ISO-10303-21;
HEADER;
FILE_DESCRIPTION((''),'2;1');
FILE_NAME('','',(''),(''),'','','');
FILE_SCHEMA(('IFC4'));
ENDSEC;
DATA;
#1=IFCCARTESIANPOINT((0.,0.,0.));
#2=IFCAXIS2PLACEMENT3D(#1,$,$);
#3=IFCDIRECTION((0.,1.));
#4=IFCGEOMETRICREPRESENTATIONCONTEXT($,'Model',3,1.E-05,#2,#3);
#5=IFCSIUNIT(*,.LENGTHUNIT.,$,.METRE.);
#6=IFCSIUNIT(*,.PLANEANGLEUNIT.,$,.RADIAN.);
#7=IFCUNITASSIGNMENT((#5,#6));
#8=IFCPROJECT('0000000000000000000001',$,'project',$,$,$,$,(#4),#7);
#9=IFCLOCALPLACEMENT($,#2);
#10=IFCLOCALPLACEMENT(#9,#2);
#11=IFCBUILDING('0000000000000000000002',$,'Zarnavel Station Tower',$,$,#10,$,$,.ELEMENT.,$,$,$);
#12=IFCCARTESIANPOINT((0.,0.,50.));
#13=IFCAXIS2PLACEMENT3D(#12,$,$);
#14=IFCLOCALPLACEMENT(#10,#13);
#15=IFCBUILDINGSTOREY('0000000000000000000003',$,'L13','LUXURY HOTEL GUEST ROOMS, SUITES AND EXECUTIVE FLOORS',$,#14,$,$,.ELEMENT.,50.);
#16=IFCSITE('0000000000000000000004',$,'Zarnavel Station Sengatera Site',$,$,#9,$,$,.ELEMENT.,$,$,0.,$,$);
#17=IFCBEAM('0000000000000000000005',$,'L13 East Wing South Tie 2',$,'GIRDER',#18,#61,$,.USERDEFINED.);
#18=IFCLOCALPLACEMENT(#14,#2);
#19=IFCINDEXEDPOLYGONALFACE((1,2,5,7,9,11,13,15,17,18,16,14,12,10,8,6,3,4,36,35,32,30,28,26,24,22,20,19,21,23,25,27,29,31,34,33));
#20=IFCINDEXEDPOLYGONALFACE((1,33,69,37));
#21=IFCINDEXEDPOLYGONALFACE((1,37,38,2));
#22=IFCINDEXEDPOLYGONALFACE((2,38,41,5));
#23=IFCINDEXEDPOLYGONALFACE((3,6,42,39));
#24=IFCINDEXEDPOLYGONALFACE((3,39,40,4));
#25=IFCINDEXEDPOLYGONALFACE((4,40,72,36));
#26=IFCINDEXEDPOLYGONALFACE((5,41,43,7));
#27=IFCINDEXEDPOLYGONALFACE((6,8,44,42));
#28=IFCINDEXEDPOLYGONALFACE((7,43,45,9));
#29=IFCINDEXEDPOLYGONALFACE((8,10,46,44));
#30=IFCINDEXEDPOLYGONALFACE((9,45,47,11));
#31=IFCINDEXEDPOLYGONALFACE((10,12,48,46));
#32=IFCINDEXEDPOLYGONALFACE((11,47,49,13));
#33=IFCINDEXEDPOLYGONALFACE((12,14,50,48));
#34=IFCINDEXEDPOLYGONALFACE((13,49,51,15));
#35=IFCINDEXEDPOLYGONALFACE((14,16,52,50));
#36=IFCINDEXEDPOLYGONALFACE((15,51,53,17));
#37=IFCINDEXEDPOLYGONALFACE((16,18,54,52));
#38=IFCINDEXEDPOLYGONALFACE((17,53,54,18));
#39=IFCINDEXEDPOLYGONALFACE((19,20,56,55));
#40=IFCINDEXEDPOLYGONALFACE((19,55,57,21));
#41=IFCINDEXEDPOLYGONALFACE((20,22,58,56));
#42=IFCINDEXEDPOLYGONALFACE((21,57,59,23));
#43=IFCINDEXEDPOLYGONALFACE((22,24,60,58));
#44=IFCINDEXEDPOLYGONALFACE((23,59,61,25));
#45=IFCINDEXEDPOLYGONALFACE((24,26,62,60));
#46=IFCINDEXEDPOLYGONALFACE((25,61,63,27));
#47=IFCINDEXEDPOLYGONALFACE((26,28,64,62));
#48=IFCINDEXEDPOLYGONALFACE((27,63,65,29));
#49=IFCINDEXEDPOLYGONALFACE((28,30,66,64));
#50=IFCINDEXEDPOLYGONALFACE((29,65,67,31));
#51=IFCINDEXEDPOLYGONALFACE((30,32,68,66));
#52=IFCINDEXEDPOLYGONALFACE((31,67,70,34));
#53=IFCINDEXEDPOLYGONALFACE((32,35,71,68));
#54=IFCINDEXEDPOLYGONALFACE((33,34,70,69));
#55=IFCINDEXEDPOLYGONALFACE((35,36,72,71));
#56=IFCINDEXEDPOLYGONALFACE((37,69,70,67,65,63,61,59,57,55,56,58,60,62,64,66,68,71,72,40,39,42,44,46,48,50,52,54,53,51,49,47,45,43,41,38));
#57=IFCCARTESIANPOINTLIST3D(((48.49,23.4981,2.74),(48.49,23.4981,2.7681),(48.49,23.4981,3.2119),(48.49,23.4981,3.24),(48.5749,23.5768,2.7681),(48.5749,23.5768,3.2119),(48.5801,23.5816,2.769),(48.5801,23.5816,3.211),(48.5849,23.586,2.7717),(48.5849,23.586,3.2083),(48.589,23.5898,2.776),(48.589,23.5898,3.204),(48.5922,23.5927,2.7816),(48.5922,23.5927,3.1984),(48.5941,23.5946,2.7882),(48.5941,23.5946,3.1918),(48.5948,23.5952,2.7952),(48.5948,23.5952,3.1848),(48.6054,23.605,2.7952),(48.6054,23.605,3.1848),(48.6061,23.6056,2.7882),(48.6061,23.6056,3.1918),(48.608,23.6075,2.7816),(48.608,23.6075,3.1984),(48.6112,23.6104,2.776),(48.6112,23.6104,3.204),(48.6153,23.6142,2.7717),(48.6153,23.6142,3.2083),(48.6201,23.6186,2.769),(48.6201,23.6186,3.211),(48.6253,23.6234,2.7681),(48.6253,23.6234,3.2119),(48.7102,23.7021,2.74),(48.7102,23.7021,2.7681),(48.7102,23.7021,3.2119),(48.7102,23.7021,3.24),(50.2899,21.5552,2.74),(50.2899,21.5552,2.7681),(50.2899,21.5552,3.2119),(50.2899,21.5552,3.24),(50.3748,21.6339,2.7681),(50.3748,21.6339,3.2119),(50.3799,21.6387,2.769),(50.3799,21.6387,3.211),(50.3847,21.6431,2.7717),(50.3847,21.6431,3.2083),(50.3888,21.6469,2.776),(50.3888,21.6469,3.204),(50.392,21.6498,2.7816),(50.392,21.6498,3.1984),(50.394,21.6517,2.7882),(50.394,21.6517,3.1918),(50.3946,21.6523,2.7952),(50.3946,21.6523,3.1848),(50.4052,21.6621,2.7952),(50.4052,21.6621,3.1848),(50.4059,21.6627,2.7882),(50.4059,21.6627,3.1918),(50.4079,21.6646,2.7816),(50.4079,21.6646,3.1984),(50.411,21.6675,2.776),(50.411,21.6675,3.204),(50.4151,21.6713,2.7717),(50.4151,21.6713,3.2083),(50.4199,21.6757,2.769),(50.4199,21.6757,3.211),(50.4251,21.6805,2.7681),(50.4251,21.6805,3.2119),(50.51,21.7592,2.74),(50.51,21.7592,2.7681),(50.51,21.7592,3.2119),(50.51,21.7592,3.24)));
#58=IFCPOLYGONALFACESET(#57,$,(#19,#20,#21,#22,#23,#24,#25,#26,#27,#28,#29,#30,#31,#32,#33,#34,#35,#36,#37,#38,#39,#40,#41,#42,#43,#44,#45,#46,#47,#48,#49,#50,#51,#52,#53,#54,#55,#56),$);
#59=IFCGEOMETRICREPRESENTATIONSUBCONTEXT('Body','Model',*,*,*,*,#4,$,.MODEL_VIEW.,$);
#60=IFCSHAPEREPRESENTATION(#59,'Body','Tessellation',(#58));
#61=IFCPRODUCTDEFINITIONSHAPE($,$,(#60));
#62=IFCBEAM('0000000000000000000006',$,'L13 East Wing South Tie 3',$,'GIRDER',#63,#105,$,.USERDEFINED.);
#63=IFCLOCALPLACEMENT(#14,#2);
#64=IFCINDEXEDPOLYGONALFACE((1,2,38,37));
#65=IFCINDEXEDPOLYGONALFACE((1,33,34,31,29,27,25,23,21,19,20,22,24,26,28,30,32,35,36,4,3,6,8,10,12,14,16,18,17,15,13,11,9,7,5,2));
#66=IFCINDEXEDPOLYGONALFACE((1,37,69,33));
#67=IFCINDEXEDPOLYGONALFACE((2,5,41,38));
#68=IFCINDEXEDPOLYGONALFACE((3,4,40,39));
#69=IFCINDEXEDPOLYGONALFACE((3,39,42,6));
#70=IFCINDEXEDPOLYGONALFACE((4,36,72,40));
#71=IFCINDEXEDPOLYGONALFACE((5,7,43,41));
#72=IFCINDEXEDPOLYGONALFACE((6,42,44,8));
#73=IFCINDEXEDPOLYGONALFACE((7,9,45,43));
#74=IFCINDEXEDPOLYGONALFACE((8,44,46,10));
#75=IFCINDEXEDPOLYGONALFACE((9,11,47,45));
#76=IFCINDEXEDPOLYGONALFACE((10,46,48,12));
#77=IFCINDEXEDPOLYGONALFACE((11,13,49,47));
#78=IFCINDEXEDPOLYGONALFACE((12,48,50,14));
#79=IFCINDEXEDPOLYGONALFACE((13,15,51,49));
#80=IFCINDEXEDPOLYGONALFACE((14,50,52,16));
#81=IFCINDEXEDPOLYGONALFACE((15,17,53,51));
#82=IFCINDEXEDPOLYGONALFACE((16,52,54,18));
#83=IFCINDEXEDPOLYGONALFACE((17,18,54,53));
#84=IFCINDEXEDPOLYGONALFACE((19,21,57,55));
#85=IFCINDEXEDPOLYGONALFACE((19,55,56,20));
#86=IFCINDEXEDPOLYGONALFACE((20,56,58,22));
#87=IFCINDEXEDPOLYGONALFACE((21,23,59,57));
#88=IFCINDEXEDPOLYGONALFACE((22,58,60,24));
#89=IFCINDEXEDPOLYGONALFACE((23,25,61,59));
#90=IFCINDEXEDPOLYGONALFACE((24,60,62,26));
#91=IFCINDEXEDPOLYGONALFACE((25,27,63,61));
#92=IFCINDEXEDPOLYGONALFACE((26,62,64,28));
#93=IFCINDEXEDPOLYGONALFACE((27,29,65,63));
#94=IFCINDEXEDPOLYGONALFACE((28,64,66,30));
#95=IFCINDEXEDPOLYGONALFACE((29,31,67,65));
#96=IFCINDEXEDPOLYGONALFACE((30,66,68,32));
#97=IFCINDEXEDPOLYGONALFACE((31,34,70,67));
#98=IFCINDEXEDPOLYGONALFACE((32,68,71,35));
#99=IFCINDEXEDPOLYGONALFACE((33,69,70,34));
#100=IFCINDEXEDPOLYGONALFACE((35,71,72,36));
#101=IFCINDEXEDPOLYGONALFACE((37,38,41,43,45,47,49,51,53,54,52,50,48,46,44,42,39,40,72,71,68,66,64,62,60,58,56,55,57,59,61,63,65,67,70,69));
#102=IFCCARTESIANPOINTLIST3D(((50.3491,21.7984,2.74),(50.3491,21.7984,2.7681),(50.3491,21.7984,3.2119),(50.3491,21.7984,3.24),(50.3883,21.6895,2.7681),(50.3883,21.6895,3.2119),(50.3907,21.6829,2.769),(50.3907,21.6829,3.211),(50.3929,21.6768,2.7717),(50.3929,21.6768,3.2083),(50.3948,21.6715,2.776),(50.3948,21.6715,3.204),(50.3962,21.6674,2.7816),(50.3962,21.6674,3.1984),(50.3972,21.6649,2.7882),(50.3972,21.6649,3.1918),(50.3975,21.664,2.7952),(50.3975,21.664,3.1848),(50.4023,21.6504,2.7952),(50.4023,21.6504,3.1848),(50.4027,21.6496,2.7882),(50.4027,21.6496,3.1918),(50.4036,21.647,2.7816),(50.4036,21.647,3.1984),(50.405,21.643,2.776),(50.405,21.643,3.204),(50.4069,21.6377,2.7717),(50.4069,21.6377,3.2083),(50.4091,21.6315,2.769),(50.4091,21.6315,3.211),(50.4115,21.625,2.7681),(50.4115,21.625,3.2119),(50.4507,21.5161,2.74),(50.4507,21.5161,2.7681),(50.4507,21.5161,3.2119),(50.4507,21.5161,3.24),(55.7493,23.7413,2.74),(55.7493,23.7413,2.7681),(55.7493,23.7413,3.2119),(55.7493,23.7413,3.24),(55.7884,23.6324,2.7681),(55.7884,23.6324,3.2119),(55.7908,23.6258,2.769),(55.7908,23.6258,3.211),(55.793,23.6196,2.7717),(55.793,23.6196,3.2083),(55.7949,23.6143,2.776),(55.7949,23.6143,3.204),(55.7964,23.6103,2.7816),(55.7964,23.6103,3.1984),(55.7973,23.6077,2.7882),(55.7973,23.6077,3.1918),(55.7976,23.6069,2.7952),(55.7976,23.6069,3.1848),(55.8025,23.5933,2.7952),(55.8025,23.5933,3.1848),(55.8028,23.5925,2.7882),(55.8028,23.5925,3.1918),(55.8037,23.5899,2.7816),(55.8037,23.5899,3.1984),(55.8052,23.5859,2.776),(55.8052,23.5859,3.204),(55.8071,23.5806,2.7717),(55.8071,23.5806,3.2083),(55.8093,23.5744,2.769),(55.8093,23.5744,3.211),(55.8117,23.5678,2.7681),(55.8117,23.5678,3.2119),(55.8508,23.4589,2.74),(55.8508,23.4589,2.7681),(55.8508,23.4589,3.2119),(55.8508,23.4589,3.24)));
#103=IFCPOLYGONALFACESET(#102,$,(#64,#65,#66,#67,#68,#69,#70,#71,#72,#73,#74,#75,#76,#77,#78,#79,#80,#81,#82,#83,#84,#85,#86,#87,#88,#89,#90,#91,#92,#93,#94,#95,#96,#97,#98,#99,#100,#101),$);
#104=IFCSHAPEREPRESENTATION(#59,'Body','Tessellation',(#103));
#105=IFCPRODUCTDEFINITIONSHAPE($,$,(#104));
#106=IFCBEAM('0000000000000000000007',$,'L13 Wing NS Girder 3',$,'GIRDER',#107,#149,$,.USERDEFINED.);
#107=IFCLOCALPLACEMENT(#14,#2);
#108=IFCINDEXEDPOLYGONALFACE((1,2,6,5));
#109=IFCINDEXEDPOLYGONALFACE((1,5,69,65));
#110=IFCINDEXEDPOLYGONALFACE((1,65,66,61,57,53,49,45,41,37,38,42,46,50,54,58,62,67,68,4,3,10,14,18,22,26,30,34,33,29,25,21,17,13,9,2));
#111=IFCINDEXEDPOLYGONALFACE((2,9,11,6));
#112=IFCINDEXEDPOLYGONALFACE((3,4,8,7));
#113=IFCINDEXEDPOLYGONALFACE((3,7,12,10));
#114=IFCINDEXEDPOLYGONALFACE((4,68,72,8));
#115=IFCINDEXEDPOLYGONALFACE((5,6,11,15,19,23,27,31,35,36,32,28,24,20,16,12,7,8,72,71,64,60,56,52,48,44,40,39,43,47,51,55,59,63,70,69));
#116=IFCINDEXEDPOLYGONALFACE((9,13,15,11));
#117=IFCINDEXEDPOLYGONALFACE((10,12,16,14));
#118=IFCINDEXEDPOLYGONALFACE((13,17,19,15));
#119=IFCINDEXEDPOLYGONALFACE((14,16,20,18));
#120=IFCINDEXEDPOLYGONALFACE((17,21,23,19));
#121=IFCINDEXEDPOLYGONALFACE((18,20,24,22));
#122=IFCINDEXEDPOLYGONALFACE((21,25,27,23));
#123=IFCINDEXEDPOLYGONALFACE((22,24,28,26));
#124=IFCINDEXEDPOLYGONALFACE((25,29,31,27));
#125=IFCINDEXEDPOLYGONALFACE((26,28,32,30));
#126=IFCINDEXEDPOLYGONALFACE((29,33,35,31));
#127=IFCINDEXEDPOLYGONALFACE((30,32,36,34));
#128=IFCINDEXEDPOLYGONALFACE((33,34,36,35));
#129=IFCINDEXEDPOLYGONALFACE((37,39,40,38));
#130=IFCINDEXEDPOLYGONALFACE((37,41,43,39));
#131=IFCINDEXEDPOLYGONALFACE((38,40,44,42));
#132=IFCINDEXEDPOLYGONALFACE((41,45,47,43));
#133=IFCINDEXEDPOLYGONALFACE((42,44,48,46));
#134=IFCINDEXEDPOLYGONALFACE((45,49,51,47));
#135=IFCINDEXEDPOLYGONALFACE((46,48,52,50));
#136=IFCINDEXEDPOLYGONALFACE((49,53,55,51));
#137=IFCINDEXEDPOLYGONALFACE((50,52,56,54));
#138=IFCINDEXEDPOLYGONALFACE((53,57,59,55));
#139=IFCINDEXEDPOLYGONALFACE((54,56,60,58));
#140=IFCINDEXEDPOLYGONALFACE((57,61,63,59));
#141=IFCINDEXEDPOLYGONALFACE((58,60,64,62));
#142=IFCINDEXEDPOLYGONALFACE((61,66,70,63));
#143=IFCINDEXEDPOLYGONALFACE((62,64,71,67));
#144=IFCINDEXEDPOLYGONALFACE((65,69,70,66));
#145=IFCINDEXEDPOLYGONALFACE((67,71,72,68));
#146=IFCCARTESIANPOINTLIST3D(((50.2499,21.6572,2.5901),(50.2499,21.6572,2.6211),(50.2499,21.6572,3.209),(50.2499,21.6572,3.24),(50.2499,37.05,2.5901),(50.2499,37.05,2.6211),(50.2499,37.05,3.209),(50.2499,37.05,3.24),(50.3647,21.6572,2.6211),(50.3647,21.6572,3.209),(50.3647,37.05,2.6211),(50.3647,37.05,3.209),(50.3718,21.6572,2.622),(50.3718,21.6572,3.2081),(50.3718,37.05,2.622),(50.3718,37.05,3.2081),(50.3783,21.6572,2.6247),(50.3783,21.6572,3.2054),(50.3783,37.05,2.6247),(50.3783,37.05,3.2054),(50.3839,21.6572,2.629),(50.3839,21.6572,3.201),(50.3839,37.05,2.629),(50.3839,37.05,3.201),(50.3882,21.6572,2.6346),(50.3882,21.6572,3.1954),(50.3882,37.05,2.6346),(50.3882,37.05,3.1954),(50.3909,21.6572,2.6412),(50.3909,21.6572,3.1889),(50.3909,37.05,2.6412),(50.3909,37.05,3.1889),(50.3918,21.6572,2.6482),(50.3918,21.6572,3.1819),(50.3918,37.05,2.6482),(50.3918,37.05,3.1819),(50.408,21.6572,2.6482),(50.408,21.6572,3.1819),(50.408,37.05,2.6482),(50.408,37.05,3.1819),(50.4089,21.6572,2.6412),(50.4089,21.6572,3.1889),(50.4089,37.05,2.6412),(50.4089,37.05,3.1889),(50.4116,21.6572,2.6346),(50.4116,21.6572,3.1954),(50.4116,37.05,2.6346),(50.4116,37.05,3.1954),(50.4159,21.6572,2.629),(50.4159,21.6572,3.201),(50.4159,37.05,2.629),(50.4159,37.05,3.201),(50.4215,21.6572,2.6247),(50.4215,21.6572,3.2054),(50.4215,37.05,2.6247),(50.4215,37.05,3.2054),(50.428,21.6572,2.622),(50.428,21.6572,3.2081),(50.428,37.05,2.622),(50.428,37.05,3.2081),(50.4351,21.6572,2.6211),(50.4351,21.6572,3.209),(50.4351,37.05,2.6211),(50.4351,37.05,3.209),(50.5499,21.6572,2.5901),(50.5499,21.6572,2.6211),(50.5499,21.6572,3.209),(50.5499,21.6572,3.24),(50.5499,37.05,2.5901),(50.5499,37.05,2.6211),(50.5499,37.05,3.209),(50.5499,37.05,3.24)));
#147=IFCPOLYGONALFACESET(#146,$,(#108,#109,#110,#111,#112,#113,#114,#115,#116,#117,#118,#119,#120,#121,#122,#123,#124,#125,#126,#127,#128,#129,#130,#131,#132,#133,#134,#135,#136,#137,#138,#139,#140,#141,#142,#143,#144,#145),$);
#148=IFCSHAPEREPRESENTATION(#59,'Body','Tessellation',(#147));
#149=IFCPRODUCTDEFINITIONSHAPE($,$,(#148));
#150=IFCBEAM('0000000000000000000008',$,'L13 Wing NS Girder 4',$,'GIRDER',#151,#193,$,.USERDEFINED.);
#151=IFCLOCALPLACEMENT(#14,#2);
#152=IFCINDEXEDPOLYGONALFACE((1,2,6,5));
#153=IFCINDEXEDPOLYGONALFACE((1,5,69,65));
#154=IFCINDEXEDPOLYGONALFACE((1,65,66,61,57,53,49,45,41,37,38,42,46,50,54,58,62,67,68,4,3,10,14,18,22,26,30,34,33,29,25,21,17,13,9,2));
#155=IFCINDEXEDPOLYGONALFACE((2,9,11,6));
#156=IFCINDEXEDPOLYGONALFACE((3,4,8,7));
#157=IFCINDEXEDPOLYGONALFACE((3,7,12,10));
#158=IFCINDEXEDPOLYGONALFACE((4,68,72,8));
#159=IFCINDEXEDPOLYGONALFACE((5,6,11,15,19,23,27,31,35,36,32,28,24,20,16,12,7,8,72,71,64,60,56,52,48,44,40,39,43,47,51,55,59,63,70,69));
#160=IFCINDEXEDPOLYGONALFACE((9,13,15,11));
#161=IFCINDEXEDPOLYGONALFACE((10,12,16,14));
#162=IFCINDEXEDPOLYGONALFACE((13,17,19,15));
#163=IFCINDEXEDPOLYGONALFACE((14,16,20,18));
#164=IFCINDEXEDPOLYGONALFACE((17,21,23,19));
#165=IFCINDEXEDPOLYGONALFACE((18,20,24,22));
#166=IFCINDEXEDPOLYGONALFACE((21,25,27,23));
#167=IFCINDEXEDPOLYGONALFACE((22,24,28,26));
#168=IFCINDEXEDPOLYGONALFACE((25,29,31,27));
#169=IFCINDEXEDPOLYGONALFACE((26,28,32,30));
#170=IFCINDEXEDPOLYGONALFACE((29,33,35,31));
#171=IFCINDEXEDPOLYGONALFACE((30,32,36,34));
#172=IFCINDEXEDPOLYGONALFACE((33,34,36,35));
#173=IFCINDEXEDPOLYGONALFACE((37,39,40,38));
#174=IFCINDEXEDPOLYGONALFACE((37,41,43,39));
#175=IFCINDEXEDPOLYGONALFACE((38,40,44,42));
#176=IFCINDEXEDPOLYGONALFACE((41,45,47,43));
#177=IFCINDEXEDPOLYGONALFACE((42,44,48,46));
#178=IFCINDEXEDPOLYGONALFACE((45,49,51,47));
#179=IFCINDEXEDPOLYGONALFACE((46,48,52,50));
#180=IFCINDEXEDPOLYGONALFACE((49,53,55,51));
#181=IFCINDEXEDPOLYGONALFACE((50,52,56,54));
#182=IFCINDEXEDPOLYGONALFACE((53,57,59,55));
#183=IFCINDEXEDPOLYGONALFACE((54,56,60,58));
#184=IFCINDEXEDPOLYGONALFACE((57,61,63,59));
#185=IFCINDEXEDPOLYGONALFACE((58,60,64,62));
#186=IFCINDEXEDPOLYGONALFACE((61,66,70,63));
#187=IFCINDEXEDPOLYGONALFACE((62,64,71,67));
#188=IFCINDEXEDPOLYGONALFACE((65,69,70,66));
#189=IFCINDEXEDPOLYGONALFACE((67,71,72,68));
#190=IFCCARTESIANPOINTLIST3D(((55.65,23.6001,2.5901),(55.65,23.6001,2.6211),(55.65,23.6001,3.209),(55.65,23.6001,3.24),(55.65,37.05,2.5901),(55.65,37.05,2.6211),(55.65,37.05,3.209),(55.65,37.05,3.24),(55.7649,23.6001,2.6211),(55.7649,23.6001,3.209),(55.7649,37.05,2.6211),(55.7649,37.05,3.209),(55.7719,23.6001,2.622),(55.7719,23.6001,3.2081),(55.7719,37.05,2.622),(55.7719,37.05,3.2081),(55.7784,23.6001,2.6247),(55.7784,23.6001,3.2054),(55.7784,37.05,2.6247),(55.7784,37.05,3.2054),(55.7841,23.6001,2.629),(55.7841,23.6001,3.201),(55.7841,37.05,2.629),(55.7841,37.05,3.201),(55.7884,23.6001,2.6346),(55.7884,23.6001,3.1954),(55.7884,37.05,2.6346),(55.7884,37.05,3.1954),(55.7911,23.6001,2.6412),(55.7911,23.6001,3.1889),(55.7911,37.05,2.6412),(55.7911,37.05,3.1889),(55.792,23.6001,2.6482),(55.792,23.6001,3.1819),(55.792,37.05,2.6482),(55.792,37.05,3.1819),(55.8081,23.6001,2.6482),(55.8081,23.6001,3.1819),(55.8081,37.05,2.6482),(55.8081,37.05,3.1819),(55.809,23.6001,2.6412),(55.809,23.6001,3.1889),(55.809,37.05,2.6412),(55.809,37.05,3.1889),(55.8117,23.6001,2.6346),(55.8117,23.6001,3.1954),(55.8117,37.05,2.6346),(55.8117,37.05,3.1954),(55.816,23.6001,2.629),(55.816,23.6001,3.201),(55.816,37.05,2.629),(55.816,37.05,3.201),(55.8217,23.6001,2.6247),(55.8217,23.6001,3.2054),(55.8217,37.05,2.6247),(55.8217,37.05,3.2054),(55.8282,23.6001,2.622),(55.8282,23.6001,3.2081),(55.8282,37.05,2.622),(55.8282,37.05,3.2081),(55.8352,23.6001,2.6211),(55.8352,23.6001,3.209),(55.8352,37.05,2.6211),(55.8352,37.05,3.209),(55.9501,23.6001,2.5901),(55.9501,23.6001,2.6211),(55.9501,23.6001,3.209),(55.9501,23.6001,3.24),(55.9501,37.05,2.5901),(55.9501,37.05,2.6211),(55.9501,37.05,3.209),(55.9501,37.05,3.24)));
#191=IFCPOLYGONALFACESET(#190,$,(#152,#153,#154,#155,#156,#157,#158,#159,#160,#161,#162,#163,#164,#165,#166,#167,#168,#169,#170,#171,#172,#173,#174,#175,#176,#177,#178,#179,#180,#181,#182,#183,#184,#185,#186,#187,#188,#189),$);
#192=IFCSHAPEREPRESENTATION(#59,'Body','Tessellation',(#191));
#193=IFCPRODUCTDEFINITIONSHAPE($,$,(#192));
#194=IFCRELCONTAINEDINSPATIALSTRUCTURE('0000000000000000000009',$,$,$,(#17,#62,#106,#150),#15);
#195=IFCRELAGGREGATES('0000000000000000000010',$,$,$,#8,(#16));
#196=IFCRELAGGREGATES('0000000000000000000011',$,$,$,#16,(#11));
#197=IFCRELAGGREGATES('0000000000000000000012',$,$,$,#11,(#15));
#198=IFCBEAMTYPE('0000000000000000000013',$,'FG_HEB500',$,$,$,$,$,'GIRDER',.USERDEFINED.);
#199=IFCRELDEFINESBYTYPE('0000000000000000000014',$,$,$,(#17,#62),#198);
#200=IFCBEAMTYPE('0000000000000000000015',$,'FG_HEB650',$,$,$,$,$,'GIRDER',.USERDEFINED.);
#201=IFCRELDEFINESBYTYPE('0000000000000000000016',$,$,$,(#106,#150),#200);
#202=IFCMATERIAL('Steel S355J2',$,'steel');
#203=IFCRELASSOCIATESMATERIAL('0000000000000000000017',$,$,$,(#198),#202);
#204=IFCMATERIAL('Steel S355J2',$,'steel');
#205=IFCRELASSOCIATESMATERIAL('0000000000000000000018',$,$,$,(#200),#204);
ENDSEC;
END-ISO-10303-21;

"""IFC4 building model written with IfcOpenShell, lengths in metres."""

from ifc_helpers import new_model, si_unit, direction, frame, origin, origin_2d, place, context, subcontext, project, spatial, i_section, extrude, material, material_profile, profile_set, type_object, element, save


model = new_model("IFC4")

# Units and contexts
model_context = context("Model", 3, precision=1e-05, world=origin(), true_north=direction((0.0, 1.0)))
body_context = subcontext(model_context, "Body", "Model", "MODEL_VIEW")
ifc_project = project(units=[si_unit("LENGTHUNIT", "METRE"), si_unit("PLANEANGLEUNIT", "RADIAN")], contexts=[model_context])

# Site, building, storey
site_placement = place(None, origin())
site = spatial("IfcSite", under=ifc_project, at=site_placement, Name="Zarnavel Station Sengatera Site", CompositionType="ELEMENT", RefElevation=0.0)
building_placement = place(site_placement, origin())
building = spatial("IfcBuilding", under=site, at=building_placement, Name="Zarnavel Station Tower", CompositionType="ELEMENT")
storey_placement = place(building_placement, frame((0.0, 0.0, 50.0)))
storey = spatial("IfcBuildingStorey", under=building, at=storey_placement, Name="L13", Description="LUXURY HOTEL GUEST ROOMS, SUITES AND EXECUTIVE FLOORS", CompositionType="ELEMENT", Elevation=50.0)

# Beams
ifc_material_1 = material(Name="Steel S355J2", Category="steel")
ifc_material_profile_1 = material_profile(ifc_material_1, i_section(OverallWidth=0.3, OverallDepth=0.5, WebThickness=0.0144, FlangeThickness=0.0281, FilletRadius=0.0271, at=origin_2d()), Name="HEB500")
ifc_profile_set_1 = profile_set([ifc_material_profile_1], Name="Steel S355J2")
beam_type_1 = type_object("IfcBeamType", Name="FG_HEB500", ElementType="GIRDER", PredefinedType="USERDEFINED", material=ifc_profile_set_1)
beam_1_placement = place(storey_placement, frame((48.6001, 23.6001, 2.99), z_axis=(0.679581, -0.733601, 0.0), x_axis=(0.733601, 0.679581, 0.0)))
element("IfcBeam", 1, at=beam_1_placement, inside=storey, type_object=beam_type_1, Name="L13 East Wing South Tie 2", ObjectType="GIRDER", PredefinedType="USERDEFINED", context=body_context, shape_type="SweptSolid", body=[
    extrude(i_section(OverallWidth=0.3, OverallDepth=0.5, WebThickness=0.0144, FlangeThickness=0.0281, FilletRadius=0.0271, at=origin_2d()), origin(), (0.0, 0.0, 1.0), 2.6484),
])
beam_2_placement = place(storey_placement, frame((50.3999, 21.6572, 2.99), z_axis=(0.940953, 0.338537, 0.0), x_axis=(-0.338537, 0.940953, 0.0)))
element("IfcBeam", 2, at=beam_2_placement, inside=storey, type_object=beam_type_1, Name="L13 East Wing South Tie 3", ObjectType="GIRDER", PredefinedType="USERDEFINED", context=body_context, shape_type="SweptSolid", body=[
    extrude(i_section(OverallWidth=0.3, OverallDepth=0.5, WebThickness=0.0144, FlangeThickness=0.0281, FilletRadius=0.0271, at=origin_2d()), origin(), (0.0, 0.0, 1.0), 5.739),
])
ifc_material_2 = material(Name="Steel S355J2", Category="steel")
ifc_material_profile_2 = material_profile(ifc_material_2, i_section(OverallWidth=0.3, OverallDepth=0.6499, WebThickness=0.0161, FlangeThickness=0.031, FilletRadius=0.0271, at=origin_2d()), Name="HEB650")
ifc_profile_set_2 = profile_set([ifc_material_profile_2], Name="Steel S355J2")
beam_type_2 = type_object("IfcBeamType", Name="FG_HEB650", ElementType="GIRDER", PredefinedType="USERDEFINED", material=ifc_profile_set_2)
beam_3_placement = place(storey_placement, frame((50.3999, 21.6572, 2.915), z_axis=(0.0, 1.0, 0.0), x_axis=(-1.0, 0.0, 0.0)))
element("IfcBeam", 3, at=beam_3_placement, inside=storey, type_object=beam_type_2, Name="L13 Wing NS Girder 3", ObjectType="GIRDER", PredefinedType="USERDEFINED", context=body_context, shape_type="SweptSolid", body=[
    extrude(i_section(OverallWidth=0.3, OverallDepth=0.6499, WebThickness=0.0161, FlangeThickness=0.031, FilletRadius=0.0271, at=origin_2d()), origin(), (0.0, 0.0, 1.0), 15.3928),
])
beam_4_placement = place(storey_placement, frame((55.8, 23.6001, 2.915), z_axis=(0.0, 1.0, 0.0), x_axis=(-1.0, 0.0, 0.0)))
element("IfcBeam", 4, at=beam_4_placement, inside=storey, type_object=beam_type_2, Name="L13 Wing NS Girder 4", ObjectType="GIRDER", PredefinedType="USERDEFINED", context=body_context, shape_type="SweptSolid", body=[
    extrude(i_section(OverallWidth=0.3, OverallDepth=0.6499, WebThickness=0.0161, FlangeThickness=0.031, FilletRadius=0.0271, at=origin_2d()), origin(), (0.0, 0.0, 1.0), 13.45),
])

save(model, "model.ifc")
